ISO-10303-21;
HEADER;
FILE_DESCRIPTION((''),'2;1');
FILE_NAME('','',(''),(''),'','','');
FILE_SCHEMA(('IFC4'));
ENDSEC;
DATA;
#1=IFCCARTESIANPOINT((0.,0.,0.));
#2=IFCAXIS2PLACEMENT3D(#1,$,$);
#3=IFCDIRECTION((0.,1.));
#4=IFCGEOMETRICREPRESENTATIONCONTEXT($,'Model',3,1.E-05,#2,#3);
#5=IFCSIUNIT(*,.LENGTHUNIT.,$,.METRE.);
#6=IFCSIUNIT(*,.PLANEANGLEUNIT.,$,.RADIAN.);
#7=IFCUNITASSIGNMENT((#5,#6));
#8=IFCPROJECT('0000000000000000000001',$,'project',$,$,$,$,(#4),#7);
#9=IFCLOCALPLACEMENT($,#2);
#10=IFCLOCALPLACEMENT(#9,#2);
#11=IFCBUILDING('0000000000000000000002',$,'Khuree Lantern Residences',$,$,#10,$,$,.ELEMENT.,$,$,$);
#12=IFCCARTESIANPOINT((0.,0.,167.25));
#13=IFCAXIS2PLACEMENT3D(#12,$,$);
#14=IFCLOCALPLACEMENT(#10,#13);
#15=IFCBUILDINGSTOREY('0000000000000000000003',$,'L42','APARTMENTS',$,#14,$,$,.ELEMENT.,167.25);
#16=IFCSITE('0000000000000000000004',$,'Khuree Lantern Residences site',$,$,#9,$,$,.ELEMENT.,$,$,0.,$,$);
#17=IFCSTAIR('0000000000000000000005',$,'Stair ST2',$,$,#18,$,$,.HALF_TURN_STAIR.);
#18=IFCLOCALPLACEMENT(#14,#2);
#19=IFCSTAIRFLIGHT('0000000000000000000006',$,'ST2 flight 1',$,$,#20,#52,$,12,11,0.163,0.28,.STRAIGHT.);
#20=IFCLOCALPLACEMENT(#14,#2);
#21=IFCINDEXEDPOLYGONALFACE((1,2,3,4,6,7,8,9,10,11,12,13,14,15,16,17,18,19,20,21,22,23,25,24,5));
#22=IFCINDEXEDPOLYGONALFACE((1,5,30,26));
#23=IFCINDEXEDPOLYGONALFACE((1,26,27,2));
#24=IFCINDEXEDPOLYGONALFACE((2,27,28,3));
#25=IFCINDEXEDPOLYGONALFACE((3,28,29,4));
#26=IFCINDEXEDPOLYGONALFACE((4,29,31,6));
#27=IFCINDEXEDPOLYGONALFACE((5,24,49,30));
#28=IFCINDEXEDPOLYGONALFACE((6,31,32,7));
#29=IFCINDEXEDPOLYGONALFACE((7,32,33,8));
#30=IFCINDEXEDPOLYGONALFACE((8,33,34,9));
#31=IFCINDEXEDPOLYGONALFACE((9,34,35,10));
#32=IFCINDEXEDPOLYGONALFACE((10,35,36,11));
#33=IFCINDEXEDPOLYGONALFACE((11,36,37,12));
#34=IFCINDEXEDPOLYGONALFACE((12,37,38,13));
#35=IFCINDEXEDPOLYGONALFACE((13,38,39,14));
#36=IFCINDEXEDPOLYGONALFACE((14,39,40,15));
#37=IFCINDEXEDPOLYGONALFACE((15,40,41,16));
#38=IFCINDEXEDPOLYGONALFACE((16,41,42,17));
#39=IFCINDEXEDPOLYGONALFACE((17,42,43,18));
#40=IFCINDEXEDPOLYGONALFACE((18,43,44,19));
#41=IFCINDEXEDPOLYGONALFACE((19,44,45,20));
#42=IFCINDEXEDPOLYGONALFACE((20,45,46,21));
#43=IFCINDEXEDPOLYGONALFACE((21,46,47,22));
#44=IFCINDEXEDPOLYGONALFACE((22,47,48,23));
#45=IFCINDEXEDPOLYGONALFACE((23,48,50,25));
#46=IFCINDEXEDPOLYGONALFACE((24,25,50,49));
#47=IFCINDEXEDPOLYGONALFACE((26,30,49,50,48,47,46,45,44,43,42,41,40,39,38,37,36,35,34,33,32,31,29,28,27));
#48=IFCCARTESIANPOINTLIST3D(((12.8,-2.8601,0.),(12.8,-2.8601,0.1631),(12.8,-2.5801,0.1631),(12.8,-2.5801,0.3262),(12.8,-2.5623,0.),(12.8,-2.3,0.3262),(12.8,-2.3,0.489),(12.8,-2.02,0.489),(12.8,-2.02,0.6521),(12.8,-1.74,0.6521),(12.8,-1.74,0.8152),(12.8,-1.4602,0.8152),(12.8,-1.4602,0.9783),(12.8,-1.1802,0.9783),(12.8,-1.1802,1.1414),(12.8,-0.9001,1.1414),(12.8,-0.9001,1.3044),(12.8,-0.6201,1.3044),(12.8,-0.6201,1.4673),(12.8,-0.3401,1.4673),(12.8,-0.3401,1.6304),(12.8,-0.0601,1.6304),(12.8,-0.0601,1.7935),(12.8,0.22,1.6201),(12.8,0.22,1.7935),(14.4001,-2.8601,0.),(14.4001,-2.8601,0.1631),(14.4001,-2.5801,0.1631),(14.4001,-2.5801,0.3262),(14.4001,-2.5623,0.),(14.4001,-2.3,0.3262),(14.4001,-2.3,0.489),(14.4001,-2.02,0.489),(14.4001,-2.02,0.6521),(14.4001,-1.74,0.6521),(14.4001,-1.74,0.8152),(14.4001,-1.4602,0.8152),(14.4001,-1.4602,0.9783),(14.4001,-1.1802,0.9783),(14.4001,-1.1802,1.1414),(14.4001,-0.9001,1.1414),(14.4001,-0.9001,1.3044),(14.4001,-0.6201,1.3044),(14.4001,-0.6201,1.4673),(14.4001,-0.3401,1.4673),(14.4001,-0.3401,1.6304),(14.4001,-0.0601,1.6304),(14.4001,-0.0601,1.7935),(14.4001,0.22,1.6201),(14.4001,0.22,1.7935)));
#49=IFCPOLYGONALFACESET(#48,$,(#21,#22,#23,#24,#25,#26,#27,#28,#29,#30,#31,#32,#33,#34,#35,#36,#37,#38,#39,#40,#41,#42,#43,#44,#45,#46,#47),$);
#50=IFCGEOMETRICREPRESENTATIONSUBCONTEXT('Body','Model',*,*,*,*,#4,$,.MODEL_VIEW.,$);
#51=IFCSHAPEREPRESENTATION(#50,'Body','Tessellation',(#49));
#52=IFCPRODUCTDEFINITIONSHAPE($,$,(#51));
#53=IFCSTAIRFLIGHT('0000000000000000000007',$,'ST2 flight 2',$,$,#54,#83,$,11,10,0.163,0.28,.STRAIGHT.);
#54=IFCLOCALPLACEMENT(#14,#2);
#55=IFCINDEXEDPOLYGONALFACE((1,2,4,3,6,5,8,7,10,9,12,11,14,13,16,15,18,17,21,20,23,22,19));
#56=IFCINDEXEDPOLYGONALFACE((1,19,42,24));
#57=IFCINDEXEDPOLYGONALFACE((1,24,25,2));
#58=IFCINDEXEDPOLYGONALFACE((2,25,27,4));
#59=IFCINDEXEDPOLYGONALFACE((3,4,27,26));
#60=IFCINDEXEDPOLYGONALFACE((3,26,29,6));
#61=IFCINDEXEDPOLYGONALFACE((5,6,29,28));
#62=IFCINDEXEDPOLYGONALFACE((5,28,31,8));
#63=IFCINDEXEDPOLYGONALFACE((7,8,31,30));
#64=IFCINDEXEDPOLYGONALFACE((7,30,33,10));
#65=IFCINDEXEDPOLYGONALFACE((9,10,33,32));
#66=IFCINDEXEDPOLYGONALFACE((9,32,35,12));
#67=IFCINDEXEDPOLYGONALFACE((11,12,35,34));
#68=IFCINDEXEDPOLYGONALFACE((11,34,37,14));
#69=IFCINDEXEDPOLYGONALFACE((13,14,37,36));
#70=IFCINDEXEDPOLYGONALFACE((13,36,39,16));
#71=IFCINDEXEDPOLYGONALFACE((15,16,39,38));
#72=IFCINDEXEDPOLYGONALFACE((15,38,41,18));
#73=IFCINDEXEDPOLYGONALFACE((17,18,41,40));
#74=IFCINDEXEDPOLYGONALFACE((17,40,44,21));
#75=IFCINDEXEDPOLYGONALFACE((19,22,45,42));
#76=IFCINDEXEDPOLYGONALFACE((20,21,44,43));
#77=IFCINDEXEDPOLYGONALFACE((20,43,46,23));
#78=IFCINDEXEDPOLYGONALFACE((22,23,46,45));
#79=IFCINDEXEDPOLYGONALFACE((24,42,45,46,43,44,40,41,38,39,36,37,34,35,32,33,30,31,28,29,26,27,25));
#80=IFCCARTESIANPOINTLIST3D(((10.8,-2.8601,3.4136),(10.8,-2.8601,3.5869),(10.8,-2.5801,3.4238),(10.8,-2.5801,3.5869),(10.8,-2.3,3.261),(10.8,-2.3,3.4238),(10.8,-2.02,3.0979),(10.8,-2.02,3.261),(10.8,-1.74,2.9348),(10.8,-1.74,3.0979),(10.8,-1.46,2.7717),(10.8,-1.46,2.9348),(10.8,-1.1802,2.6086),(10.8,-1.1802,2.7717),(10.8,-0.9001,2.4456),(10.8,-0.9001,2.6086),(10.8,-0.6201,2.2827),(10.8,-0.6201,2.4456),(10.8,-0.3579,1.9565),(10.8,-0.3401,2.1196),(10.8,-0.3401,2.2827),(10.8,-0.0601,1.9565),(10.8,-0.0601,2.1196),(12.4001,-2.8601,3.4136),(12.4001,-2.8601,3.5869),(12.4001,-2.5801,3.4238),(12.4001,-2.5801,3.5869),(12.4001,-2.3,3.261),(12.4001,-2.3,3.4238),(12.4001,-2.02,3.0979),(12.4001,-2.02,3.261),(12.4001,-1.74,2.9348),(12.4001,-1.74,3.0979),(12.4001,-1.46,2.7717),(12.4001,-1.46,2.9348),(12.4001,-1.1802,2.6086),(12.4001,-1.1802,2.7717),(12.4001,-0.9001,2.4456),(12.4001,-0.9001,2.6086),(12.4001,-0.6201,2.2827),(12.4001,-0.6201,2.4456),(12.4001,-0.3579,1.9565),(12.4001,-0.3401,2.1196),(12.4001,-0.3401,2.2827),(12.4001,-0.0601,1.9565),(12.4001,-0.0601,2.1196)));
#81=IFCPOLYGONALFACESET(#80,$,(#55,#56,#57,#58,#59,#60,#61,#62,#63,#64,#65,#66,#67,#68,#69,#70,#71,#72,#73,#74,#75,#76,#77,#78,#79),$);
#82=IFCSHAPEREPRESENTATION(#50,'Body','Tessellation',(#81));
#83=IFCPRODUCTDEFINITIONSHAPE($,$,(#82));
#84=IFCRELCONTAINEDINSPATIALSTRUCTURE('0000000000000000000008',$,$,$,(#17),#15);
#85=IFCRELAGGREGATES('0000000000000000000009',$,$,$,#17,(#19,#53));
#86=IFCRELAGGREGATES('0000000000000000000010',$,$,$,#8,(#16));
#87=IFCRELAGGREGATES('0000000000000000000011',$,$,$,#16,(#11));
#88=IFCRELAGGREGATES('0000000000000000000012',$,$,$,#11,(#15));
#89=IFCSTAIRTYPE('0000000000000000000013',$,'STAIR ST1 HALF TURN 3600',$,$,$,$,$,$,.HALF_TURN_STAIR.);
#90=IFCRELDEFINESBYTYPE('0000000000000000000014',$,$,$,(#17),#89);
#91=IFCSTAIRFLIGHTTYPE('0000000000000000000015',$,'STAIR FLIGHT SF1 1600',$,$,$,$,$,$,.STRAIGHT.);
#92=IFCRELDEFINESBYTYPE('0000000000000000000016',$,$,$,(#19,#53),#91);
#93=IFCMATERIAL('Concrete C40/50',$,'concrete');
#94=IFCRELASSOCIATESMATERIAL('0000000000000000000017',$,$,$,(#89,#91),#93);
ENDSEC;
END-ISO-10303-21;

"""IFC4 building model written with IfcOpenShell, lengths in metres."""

from ifc_helpers import new_model, si_unit, direction, frame, origin, place, context, subcontext, project, spatial, polyline, outline, extrude, material, type_object, element, aggregate, save


model = new_model("IFC4")

# Units and contexts
model_context = context("Model", 3, precision=1e-05, world=origin(), true_north=direction((0.0, 1.0)))
body_context = subcontext(model_context, "Body", "Model", "MODEL_VIEW")
ifc_project = project(units=[si_unit("LENGTHUNIT", "METRE"), si_unit("PLANEANGLEUNIT", "RADIAN")], contexts=[model_context])

# Site, building, storey
site_placement = place(None, origin())
site = spatial("IfcSite", under=ifc_project, at=site_placement, Name="Khuree Lantern Residences site", CompositionType="ELEMENT", RefElevation=0.0)
building_placement = place(site_placement, origin())
building = spatial("IfcBuilding", under=site, at=building_placement, Name="Khuree Lantern Residences", CompositionType="ELEMENT")
storey_placement = place(building_placement, frame((0.0, 0.0, 167.25)))
storey = spatial("IfcBuildingStorey", under=building, at=storey_placement, Name="L42", Description="APARTMENTS", CompositionType="ELEMENT", Elevation=167.25)

# Stair
ifc_material_1 = material(Name="Concrete C40/50", Category="concrete")
stair_type = type_object("IfcStairType", Name="STAIR ST1 HALF TURN 3600", PredefinedType="HALF_TURN_STAIR", material=ifc_material_1)
stair_1_placement = place(storey_placement, origin())
stair_1 = element("IfcStair", 1, at=stair_1_placement, inside=storey, type_object=stair_type, Name="Stair ST2", PredefinedType="HALF_TURN_STAIR")

# Stair flights
stair_flight_type = type_object("IfcStairFlightType", Name="STAIR FLIGHT SF1 1600", PredefinedType="STRAIGHT", material=ifc_material_1)
stair_flight_1_placement = place(storey_placement, frame((13.6001, -2.8601, 0.0), z_axis=(0.0, 0.0, 1.0), x_axis=(0.0, 1.0, 0.0)))
stair_flight_1 = element("IfcStairFlight", 2, at=stair_flight_1_placement, type_object=stair_flight_type, Name="ST2 flight 1", NumberOfRisers=12, NumberOfTreads=11, PredefinedType="STRAIGHT", RiserHeight=0.163, TreadLength=0.28, context=body_context, shape_type="SweptSolid", body=[
    extrude(outline(polyline([(0.0, 0.0), (0.0, 0.1631), (0.28, 0.1631), (0.28, 0.3262), (0.5601, 0.3262), (0.5601, 0.489), (0.8401, 0.489), (0.8401, 0.6521), (1.1201, 0.6521), (1.1201, 0.8152), (1.3999, 0.8152), (1.3999, 0.9783), (1.6799, 0.9783), (1.6799, 1.1414), (1.96, 1.1414), (1.96, 1.3044), (2.24, 1.3044), (2.24, 1.4673), (2.52, 1.4673), (2.52, 1.6304), (2.8, 1.6304), (2.8, 1.7935), (3.0801, 1.7935), (3.0801, 1.9565), (3.0801, 1.6201), (0.2979, 0.0), (0.0, 0.0)])), frame((0.0, 0.8, 0.0), z_axis=(0.0, -1.0, 0.0), x_axis=(1.0, 0.0, 0.0)), (0.0, 0.0, 1.0), 1.6001),
])
stair_flight_2_placement = place(storey_placement, frame((11.6001, -0.0601, 1.9565), z_axis=(0.0, 0.0, 1.0), x_axis=(0.0, -1.0, 0.0)))
stair_flight_2 = element("IfcStairFlight", 3, at=stair_flight_2_placement, type_object=stair_flight_type, Name="ST2 flight 2", NumberOfRisers=11, NumberOfTreads=10, PredefinedType="STRAIGHT", RiserHeight=0.163, TreadLength=0.28, context=body_context, shape_type="SweptSolid", body=[
    extrude(outline(polyline([(0.0, 0.0), (0.0, 0.1631), (0.28, 0.1631), (0.28, 0.3262), (0.5601, 0.3262), (0.5601, 0.489), (0.8401, 0.489), (0.8401, 0.6521), (1.1201, 0.6521), (1.1201, 0.8152), (1.3999, 0.8152), (1.3999, 0.9783), (1.6799, 0.9783), (1.6799, 1.1414), (1.96, 1.1414), (1.96, 1.3044), (2.24, 1.3044), (2.24, 1.4673), (2.52, 1.4673), (2.52, 1.6304), (2.8, 1.6304), (2.8, 1.7935), (2.8, 1.457), (0.2979, 0.0), (0.0, 0.0)])), frame((0.0, 0.8, 0.0), z_axis=(0.0, -1.0, 0.0), x_axis=(1.0, 0.0, 0.0)), (0.0, 0.0, 1.0), 1.6001),
])
aggregate(stair_1, [stair_flight_1, stair_flight_2])

save(model, "model.ifc")
